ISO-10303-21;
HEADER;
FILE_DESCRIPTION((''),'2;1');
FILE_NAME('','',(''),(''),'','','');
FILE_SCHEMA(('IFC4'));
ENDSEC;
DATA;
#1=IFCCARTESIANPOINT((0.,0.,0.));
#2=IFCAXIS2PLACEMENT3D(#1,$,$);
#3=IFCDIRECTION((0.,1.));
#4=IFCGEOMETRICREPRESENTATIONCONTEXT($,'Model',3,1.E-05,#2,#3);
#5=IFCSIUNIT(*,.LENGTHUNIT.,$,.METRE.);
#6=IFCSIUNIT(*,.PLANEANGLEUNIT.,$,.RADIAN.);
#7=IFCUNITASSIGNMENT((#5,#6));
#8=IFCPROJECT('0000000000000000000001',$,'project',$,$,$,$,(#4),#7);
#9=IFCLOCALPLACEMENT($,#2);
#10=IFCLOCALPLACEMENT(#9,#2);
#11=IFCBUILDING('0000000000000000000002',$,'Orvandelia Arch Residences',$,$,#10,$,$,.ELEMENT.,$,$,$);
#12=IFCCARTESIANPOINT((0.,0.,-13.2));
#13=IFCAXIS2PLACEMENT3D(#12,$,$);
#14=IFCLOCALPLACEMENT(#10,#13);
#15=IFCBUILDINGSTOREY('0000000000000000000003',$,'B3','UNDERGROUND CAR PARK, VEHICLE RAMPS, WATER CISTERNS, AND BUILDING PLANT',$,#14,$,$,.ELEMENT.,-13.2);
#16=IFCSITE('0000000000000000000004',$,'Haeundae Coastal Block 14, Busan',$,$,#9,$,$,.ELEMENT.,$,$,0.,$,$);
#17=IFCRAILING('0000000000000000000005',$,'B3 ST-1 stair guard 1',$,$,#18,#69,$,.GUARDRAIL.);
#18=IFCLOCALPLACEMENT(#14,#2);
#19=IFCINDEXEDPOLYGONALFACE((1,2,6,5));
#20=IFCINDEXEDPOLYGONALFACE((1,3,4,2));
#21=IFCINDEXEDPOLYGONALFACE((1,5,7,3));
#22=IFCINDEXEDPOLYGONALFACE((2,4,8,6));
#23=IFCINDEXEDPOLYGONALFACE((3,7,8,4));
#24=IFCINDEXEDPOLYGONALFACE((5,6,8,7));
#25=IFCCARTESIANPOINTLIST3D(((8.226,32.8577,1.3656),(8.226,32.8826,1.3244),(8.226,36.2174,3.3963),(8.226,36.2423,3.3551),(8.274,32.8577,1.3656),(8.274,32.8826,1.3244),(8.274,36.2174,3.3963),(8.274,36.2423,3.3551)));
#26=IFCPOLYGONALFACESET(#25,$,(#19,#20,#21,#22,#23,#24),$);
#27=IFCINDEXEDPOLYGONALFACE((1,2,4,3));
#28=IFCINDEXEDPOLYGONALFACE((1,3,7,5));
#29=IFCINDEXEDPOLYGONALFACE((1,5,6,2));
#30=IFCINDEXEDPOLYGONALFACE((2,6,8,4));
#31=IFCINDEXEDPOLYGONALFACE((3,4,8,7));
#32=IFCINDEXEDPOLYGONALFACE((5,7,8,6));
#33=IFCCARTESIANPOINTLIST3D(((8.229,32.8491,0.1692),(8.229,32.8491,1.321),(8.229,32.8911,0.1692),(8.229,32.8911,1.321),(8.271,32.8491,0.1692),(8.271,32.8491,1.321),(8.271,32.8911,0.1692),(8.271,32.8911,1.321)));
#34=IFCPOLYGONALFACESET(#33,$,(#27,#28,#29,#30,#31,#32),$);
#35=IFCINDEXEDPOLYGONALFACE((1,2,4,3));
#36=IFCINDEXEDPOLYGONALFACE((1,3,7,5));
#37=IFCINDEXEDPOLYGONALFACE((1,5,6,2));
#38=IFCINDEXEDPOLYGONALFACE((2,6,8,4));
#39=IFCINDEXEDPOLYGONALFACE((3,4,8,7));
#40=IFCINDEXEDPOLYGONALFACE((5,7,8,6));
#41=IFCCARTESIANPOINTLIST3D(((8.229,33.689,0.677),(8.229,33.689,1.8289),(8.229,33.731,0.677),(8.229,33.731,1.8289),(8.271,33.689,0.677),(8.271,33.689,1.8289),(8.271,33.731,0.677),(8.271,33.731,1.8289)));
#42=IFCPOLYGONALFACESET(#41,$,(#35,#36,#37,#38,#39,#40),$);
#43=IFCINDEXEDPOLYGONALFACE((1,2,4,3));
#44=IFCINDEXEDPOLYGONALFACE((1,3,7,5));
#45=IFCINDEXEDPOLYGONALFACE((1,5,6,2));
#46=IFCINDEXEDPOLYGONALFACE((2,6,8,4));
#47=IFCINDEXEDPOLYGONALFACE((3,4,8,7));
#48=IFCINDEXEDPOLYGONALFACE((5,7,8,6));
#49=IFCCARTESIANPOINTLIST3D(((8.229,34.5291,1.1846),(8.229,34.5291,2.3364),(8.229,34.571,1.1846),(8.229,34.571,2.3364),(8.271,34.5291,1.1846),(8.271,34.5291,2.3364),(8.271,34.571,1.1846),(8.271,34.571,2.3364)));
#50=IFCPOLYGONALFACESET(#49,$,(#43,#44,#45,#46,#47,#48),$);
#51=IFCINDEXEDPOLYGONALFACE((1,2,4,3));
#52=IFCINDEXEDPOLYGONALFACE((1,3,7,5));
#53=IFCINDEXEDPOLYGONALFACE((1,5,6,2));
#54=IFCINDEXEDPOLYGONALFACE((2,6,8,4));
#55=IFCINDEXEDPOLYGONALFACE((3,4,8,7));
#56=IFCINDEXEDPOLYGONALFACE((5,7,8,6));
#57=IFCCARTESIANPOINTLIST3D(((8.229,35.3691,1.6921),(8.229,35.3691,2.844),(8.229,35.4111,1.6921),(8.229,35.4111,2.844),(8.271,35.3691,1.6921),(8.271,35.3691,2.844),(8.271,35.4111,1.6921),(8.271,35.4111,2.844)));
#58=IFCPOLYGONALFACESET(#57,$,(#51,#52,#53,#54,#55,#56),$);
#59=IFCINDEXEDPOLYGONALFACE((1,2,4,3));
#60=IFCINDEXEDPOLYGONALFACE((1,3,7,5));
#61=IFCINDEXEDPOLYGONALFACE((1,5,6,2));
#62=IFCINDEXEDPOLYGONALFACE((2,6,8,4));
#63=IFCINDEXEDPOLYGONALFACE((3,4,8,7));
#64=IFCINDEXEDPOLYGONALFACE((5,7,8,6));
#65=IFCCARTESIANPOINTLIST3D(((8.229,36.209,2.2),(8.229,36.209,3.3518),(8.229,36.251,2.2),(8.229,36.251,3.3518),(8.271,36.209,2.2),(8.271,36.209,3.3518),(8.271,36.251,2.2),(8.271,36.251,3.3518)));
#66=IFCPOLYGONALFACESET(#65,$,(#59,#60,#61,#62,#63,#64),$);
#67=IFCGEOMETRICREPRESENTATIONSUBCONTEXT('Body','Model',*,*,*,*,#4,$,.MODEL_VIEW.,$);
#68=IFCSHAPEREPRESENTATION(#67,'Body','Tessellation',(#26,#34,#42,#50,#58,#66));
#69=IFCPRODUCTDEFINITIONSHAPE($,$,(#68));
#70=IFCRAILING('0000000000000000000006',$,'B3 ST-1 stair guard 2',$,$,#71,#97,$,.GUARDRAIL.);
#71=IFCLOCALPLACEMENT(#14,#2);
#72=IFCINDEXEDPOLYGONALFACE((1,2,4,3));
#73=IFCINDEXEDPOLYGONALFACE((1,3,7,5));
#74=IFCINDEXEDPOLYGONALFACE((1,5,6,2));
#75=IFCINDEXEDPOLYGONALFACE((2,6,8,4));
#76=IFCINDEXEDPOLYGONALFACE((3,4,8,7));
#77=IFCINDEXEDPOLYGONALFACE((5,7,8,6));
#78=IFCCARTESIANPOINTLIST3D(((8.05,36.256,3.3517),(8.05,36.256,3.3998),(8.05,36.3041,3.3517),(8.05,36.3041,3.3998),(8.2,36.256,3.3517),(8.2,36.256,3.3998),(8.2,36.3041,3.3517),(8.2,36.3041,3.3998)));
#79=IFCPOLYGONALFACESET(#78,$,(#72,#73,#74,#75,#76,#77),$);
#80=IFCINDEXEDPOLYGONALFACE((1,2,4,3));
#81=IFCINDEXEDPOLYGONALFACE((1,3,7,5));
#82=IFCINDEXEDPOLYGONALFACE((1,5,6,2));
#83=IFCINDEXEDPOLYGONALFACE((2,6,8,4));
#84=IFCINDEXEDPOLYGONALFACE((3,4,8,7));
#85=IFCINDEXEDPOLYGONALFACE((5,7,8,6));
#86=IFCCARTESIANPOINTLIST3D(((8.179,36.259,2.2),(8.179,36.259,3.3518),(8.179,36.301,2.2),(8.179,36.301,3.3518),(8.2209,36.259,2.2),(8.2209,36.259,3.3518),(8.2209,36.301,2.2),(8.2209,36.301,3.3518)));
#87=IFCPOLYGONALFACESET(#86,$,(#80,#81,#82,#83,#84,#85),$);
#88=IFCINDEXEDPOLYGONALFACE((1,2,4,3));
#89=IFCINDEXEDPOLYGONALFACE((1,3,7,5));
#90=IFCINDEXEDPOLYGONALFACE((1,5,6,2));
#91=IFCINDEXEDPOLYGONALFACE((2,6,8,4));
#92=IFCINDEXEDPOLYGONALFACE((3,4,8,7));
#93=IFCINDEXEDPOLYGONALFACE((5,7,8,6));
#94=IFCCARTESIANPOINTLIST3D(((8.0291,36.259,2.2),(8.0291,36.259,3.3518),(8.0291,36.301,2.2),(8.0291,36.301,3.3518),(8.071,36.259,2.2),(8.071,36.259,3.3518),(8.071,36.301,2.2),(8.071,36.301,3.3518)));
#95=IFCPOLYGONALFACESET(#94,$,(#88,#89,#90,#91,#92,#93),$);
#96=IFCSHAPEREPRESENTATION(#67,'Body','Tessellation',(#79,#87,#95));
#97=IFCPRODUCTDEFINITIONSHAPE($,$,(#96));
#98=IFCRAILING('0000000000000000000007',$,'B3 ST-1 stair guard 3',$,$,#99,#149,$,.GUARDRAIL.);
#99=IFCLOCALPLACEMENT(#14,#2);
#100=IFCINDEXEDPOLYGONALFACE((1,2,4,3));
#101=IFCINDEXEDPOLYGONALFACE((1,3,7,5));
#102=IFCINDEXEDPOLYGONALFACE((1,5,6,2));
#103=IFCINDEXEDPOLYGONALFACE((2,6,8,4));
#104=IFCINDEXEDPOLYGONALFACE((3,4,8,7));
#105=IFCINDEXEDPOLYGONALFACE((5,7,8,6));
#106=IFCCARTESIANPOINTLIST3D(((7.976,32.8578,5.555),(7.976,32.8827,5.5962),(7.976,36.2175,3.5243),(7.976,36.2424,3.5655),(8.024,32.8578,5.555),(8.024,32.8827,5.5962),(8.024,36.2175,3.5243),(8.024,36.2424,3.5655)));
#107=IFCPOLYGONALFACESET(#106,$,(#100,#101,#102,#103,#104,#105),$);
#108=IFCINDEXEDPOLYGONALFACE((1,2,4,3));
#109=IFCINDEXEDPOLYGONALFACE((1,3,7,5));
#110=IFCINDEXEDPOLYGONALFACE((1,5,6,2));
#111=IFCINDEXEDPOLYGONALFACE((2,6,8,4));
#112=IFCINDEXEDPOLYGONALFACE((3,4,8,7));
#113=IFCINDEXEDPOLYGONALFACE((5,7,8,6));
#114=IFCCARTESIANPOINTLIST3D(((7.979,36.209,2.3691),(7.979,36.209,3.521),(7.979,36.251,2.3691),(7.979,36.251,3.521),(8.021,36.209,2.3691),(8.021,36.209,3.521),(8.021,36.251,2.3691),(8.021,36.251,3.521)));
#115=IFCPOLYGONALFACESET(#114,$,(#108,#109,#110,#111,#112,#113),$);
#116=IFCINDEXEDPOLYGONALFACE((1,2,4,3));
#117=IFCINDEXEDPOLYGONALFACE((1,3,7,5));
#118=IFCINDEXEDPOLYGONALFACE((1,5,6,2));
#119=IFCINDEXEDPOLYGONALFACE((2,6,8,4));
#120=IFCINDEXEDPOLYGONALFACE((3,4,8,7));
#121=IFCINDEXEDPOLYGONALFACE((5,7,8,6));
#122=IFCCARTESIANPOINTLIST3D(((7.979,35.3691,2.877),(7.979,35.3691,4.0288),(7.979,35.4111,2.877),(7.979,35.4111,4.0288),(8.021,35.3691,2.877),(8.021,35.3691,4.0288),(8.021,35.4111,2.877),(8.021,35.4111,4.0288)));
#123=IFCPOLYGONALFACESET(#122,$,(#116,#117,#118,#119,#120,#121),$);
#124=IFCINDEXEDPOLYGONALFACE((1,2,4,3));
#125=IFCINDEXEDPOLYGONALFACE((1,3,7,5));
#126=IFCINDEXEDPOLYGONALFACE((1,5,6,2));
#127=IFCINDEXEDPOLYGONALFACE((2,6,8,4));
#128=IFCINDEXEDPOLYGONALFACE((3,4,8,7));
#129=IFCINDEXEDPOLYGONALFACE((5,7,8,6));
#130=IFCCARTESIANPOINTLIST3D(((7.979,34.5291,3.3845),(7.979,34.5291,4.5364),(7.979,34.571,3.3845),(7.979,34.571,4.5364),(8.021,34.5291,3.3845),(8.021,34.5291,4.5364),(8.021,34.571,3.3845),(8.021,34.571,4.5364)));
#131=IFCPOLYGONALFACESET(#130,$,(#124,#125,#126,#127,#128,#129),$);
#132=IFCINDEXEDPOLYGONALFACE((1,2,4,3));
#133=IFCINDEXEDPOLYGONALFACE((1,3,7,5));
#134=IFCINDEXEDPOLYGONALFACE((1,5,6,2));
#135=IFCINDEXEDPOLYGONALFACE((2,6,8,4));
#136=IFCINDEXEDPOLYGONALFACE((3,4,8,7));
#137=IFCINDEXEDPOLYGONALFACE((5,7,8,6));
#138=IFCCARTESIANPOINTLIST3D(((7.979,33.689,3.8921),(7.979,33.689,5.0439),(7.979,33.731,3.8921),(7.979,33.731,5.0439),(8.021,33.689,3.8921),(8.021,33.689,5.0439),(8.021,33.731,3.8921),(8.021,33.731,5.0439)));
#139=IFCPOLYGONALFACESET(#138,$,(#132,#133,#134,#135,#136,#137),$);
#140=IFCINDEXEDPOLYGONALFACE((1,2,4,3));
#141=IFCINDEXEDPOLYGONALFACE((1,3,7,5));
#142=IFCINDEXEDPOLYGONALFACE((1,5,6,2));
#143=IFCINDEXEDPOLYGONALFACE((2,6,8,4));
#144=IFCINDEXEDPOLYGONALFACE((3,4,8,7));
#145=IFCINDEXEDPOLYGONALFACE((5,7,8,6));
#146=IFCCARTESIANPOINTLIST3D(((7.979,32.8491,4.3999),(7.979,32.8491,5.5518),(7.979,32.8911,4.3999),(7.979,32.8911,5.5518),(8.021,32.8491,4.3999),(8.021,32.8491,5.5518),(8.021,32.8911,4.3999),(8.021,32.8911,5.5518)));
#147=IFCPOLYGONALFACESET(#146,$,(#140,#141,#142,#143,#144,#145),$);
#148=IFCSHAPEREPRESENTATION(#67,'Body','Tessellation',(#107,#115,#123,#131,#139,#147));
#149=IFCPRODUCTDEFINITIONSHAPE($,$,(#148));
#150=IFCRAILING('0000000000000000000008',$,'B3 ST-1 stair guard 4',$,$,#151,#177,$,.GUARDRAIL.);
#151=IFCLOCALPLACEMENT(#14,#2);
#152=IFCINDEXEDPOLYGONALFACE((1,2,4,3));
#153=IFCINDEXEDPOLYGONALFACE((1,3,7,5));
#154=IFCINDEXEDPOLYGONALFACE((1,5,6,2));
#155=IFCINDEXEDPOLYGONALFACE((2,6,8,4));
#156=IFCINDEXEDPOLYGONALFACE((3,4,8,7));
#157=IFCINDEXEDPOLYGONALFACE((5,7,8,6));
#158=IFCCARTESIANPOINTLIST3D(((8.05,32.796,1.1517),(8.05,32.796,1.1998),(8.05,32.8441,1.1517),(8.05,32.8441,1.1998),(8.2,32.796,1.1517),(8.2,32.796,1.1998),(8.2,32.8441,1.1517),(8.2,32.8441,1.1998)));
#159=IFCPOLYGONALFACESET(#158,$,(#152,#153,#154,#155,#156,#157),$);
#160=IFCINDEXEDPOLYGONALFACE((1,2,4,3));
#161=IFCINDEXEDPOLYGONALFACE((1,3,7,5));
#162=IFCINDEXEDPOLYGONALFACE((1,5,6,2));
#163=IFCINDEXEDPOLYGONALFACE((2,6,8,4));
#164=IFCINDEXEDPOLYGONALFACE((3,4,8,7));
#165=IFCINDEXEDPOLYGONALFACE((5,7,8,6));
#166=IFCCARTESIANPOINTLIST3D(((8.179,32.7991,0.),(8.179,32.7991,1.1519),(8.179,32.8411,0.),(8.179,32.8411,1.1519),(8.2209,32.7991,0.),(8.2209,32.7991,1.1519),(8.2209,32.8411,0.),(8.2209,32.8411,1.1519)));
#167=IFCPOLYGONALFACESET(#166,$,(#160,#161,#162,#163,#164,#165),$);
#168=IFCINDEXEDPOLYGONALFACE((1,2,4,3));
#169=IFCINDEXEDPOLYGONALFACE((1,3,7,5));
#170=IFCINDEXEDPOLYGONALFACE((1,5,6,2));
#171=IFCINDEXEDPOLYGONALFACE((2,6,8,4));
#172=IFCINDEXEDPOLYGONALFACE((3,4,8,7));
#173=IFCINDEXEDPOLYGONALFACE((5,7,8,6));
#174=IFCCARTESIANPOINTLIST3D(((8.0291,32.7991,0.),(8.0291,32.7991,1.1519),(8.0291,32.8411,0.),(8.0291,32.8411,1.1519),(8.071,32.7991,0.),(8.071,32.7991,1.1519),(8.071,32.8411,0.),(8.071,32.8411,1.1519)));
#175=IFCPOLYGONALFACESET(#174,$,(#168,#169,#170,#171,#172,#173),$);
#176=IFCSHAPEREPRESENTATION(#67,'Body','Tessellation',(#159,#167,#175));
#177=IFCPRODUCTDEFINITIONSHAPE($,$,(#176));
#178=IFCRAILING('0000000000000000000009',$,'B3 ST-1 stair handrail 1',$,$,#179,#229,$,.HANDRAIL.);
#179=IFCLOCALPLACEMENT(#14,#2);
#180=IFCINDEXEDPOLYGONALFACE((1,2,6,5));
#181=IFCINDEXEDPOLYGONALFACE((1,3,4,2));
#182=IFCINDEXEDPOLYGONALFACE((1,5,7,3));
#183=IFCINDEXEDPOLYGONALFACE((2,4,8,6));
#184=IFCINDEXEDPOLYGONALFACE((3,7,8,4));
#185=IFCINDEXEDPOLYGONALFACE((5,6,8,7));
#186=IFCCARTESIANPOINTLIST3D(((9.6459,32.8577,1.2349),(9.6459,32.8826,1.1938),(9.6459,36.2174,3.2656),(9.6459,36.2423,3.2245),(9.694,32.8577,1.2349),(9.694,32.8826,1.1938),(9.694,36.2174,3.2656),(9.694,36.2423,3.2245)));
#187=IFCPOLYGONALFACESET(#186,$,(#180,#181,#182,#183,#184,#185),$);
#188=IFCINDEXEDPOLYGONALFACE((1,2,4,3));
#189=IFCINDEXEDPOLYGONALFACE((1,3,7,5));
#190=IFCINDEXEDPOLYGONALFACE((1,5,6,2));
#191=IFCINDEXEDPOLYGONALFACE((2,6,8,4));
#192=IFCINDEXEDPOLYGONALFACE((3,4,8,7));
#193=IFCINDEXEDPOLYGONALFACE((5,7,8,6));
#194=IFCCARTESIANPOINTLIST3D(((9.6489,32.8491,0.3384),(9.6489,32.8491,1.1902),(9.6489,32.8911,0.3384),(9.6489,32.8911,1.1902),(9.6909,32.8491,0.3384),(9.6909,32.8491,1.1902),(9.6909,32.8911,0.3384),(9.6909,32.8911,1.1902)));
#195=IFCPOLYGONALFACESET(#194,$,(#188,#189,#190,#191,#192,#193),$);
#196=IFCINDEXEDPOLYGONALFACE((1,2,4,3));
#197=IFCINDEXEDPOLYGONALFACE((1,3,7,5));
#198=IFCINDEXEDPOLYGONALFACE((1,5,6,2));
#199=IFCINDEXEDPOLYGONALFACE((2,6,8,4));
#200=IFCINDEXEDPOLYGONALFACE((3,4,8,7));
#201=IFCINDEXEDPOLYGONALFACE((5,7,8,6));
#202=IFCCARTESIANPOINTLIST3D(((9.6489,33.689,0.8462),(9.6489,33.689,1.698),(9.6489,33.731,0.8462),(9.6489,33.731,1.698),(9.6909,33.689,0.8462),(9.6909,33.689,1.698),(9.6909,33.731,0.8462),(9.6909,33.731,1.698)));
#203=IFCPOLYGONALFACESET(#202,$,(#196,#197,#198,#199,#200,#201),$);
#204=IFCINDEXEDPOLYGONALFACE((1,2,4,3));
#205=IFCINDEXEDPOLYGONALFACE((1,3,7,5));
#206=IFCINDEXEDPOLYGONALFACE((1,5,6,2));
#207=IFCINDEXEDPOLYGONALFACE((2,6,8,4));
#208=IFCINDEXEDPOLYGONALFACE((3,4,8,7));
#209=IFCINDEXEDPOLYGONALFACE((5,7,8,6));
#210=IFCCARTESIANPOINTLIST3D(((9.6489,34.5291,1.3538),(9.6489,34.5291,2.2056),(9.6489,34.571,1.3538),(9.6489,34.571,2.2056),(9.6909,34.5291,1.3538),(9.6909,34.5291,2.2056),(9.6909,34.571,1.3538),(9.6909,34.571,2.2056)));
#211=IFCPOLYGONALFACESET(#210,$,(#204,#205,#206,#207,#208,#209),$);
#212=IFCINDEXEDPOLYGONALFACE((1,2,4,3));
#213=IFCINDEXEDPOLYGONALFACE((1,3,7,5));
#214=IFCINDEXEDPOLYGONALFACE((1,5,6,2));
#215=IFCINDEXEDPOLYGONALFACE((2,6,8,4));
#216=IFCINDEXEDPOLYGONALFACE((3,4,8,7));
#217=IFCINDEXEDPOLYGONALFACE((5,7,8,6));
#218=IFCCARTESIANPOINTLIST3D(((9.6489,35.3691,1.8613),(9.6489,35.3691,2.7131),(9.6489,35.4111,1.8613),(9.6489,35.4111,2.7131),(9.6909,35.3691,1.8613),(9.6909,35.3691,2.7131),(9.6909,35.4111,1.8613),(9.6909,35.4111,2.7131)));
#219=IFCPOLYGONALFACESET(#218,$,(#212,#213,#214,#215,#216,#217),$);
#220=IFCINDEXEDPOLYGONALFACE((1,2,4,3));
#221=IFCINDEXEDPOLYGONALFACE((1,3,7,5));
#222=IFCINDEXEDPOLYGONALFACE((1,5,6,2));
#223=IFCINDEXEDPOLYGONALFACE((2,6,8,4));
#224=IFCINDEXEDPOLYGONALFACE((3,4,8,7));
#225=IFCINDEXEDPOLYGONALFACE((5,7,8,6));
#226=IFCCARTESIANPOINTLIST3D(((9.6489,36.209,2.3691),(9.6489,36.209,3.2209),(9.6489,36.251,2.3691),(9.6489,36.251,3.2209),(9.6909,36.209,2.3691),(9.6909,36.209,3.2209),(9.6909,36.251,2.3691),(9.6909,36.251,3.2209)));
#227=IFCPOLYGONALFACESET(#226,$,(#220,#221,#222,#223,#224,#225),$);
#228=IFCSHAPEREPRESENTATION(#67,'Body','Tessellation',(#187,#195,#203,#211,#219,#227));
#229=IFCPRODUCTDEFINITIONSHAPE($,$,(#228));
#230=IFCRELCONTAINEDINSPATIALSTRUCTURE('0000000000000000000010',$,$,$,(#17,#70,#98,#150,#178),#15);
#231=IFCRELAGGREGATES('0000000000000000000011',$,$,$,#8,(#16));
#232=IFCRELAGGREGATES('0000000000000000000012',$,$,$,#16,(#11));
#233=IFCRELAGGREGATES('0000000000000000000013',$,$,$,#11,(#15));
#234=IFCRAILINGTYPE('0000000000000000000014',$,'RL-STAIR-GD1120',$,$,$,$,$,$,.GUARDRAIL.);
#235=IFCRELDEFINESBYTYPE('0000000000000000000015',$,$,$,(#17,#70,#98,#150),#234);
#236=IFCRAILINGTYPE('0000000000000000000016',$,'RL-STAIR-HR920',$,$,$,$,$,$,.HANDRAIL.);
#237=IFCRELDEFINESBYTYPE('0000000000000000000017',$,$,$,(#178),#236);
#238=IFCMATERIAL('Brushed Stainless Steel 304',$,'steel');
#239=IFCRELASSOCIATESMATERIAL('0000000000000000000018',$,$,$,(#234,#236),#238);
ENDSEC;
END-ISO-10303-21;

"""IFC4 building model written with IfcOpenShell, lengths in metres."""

from ifc_helpers import new_model, si_unit, direction, frame, origin, origin_2d, place, context, subcontext, project, spatial, rectangle, extrude, material, type_object, element, save


model = new_model("IFC4")

# Units and contexts
model_context = context("Model", 3, precision=1e-05, world=origin(), true_north=direction((0.0, 1.0)))
body_context = subcontext(model_context, "Body", "Model", "MODEL_VIEW")
ifc_project = project(units=[si_unit("LENGTHUNIT", "METRE"), si_unit("PLANEANGLEUNIT", "RADIAN")], contexts=[model_context])

# Site, building, storey
site_placement = place(None, origin())
site = spatial("IfcSite", under=ifc_project, at=site_placement, Name="Haeundae Coastal Block 14, Busan", CompositionType="ELEMENT", RefElevation=0.0)
building_placement = place(site_placement, origin())
building = spatial("IfcBuilding", under=site, at=building_placement, Name="Orvandelia Arch Residences", CompositionType="ELEMENT")
storey_placement = place(building_placement, frame((0.0, 0.0, -13.2)))
storey = spatial("IfcBuildingStorey", under=building, at=storey_placement, Name="B3", Description="UNDERGROUND CAR PARK, VEHICLE RAMPS, WATER CISTERNS, AND BUILDING PLANT", CompositionType="ELEMENT", Elevation=-13.2)

# Railings
ifc_material_1 = material(Name="Brushed Stainless Steel 304", Category="steel")
railing_type_1 = type_object("IfcRailingType", Name="RL-STAIR-GD1120", PredefinedType="GUARDRAIL", material=ifc_material_1)
railing_1_placement = place(storey_placement, frame((8.25, 32.8701, 0.1692)))
element("IfcRailing", 1, at=railing_1_placement, inside=storey, type_object=railing_type_1, Name="B3 ST-1 stair guard 1", PredefinedType="GUARDRAIL", context=body_context, shape_type="SweptSolid", body=[
    extrude(rectangle(XDim=0.0481, YDim=0.0481, at=origin_2d()), frame((0.0, 0.0, 1.1758), z_axis=(0.0, 0.85582, 0.517273), x_axis=(-1.0, 0.0, 0.0)), (0.0, 0.0, 1.0), 3.9258),
    extrude(rectangle(XDim=0.042, YDim=0.042, at=origin_2d()), origin(), (0.0, 0.0, 1.0), 1.1519),
    extrude(rectangle(XDim=0.042, YDim=0.042, at=origin_2d()), frame((0.0, 0.8398, 0.5078)), (0.0, 0.0, 1.0), 1.1519),
    extrude(rectangle(XDim=0.042, YDim=0.042, at=origin_2d()), frame((0.0, 1.6799, 1.0154)), (0.0, 0.0, 1.0), 1.1519),
    extrude(rectangle(XDim=0.042, YDim=0.042, at=origin_2d()), frame((0.0, 2.52, 1.5229)), (0.0, 0.0, 1.0), 1.1519),
    extrude(rectangle(XDim=0.042, YDim=0.042, at=origin_2d()), frame((0.0, 3.3599, 2.0308)), (0.0, 0.0, 1.0), 1.1519),
])
railing_2_placement = place(storey_placement, frame((8.2, 36.28, 2.2)))
element("IfcRailing", 2, at=railing_2_placement, inside=storey, type_object=railing_type_1, Name="B3 ST-1 stair guard 2", PredefinedType="GUARDRAIL", context=body_context, shape_type="SweptSolid", body=[
    extrude(rectangle(XDim=0.0481, YDim=0.0481, at=origin_2d()), frame((0.0, 0.0, 1.1758), z_axis=(-1.0, 0.0, 0.0), x_axis=(0.0, -1.0, 0.0)), (0.0, 0.0, 1.0), 0.1499),
    extrude(rectangle(XDim=0.042, YDim=0.042, at=origin_2d()), origin(), (0.0, 0.0, 1.0), 1.1519),
    extrude(rectangle(XDim=0.042, YDim=0.042, at=origin_2d()), frame((-0.1499, 0.0, 0.0)), (0.0, 0.0, 1.0), 1.1519),
])
railing_3_placement = place(storey_placement, frame((8.0, 36.23, 2.3691)))
element("IfcRailing", 3, at=railing_3_placement, inside=storey, type_object=railing_type_1, Name="B3 ST-1 stair guard 3", PredefinedType="GUARDRAIL", context=body_context, shape_type="SweptSolid", body=[
    extrude(rectangle(XDim=0.0481, YDim=0.0481, at=origin_2d()), frame((0.0, 0.0, 1.1758), z_axis=(0.0, -0.85582, 0.517273), x_axis=(1.0, 0.0, 0.0)), (0.0, 0.0, 1.0), 3.9258),
    extrude(rectangle(XDim=0.042, YDim=0.042, at=origin_2d()), origin(), (0.0, 0.0, 1.0), 1.1519),
    extrude(rectangle(XDim=0.042, YDim=0.042, at=origin_2d()), frame((0.0, -0.8398, 0.5078)), (0.0, 0.0, 1.0), 1.1519),
    extrude(rectangle(XDim=0.042, YDim=0.042, at=origin_2d()), frame((0.0, -1.6799, 1.0154)), (0.0, 0.0, 1.0), 1.1519),
    extrude(rectangle(XDim=0.042, YDim=0.042, at=origin_2d()), frame((0.0, -2.52, 1.5229)), (0.0, 0.0, 1.0), 1.1519),
    extrude(rectangle(XDim=0.042, YDim=0.042, at=origin_2d()), frame((0.0, -3.3599, 2.0308)), (0.0, 0.0, 1.0), 1.1519),
])
railing_4_placement = place(storey_placement, frame((8.2, 32.8201, 0.0)))
element("IfcRailing", 4, at=railing_4_placement, inside=storey, type_object=railing_type_1, Name="B3 ST-1 stair guard 4", PredefinedType="GUARDRAIL", context=body_context, shape_type="SweptSolid", body=[
    extrude(rectangle(XDim=0.0481, YDim=0.0481, at=origin_2d()), frame((0.0, 0.0, 1.1758), z_axis=(-1.0, 0.0, 0.0), x_axis=(0.0, -1.0, 0.0)), (0.0, 0.0, 1.0), 0.1499),
    extrude(rectangle(XDim=0.042, YDim=0.042, at=origin_2d()), origin(), (0.0, 0.0, 1.0), 1.1519),
    extrude(rectangle(XDim=0.042, YDim=0.042, at=origin_2d()), frame((-0.1499, 0.0, 0.0)), (0.0, 0.0, 1.0), 1.1519),
])
railing_type_2 = type_object("IfcRailingType", Name="RL-STAIR-HR920", PredefinedType="HANDRAIL", material=ifc_material_1)
railing_5_placement = place(storey_placement, frame((9.6699, 32.8701, 0.3384)))
element("IfcRailing", 5, at=railing_5_placement, inside=storey, type_object=railing_type_2, Name="B3 ST-1 stair handrail 1", PredefinedType="HANDRAIL", context=body_context, shape_type="SweptSolid", body=[
    extrude(rectangle(XDim=0.0481, YDim=0.0481, at=origin_2d()), frame((0.0, 0.0, 0.876), z_axis=(0.0, 0.85582, 0.517273), x_axis=(-1.0, 0.0, 0.0)), (0.0, 0.0, 1.0), 3.9258),
    extrude(rectangle(XDim=0.042, YDim=0.042, at=origin_2d()), origin(), (0.0, 0.0, 1.0), 0.8518),
    extrude(rectangle(XDim=0.042, YDim=0.042, at=origin_2d()), frame((0.0, 0.8398, 0.5078)), (0.0, 0.0, 1.0), 0.8518),
    extrude(rectangle(XDim=0.042, YDim=0.042, at=origin_2d()), frame((0.0, 1.6799, 1.0154)), (0.0, 0.0, 1.0), 0.8518),
    extrude(rectangle(XDim=0.042, YDim=0.042, at=origin_2d()), frame((0.0, 2.52, 1.5229)), (0.0, 0.0, 1.0), 0.8518),
    extrude(rectangle(XDim=0.042, YDim=0.042, at=origin_2d()), frame((0.0, 3.3599, 2.0308)), (0.0, 0.0, 1.0), 0.8518),
])

save(model, "model.ifc")
